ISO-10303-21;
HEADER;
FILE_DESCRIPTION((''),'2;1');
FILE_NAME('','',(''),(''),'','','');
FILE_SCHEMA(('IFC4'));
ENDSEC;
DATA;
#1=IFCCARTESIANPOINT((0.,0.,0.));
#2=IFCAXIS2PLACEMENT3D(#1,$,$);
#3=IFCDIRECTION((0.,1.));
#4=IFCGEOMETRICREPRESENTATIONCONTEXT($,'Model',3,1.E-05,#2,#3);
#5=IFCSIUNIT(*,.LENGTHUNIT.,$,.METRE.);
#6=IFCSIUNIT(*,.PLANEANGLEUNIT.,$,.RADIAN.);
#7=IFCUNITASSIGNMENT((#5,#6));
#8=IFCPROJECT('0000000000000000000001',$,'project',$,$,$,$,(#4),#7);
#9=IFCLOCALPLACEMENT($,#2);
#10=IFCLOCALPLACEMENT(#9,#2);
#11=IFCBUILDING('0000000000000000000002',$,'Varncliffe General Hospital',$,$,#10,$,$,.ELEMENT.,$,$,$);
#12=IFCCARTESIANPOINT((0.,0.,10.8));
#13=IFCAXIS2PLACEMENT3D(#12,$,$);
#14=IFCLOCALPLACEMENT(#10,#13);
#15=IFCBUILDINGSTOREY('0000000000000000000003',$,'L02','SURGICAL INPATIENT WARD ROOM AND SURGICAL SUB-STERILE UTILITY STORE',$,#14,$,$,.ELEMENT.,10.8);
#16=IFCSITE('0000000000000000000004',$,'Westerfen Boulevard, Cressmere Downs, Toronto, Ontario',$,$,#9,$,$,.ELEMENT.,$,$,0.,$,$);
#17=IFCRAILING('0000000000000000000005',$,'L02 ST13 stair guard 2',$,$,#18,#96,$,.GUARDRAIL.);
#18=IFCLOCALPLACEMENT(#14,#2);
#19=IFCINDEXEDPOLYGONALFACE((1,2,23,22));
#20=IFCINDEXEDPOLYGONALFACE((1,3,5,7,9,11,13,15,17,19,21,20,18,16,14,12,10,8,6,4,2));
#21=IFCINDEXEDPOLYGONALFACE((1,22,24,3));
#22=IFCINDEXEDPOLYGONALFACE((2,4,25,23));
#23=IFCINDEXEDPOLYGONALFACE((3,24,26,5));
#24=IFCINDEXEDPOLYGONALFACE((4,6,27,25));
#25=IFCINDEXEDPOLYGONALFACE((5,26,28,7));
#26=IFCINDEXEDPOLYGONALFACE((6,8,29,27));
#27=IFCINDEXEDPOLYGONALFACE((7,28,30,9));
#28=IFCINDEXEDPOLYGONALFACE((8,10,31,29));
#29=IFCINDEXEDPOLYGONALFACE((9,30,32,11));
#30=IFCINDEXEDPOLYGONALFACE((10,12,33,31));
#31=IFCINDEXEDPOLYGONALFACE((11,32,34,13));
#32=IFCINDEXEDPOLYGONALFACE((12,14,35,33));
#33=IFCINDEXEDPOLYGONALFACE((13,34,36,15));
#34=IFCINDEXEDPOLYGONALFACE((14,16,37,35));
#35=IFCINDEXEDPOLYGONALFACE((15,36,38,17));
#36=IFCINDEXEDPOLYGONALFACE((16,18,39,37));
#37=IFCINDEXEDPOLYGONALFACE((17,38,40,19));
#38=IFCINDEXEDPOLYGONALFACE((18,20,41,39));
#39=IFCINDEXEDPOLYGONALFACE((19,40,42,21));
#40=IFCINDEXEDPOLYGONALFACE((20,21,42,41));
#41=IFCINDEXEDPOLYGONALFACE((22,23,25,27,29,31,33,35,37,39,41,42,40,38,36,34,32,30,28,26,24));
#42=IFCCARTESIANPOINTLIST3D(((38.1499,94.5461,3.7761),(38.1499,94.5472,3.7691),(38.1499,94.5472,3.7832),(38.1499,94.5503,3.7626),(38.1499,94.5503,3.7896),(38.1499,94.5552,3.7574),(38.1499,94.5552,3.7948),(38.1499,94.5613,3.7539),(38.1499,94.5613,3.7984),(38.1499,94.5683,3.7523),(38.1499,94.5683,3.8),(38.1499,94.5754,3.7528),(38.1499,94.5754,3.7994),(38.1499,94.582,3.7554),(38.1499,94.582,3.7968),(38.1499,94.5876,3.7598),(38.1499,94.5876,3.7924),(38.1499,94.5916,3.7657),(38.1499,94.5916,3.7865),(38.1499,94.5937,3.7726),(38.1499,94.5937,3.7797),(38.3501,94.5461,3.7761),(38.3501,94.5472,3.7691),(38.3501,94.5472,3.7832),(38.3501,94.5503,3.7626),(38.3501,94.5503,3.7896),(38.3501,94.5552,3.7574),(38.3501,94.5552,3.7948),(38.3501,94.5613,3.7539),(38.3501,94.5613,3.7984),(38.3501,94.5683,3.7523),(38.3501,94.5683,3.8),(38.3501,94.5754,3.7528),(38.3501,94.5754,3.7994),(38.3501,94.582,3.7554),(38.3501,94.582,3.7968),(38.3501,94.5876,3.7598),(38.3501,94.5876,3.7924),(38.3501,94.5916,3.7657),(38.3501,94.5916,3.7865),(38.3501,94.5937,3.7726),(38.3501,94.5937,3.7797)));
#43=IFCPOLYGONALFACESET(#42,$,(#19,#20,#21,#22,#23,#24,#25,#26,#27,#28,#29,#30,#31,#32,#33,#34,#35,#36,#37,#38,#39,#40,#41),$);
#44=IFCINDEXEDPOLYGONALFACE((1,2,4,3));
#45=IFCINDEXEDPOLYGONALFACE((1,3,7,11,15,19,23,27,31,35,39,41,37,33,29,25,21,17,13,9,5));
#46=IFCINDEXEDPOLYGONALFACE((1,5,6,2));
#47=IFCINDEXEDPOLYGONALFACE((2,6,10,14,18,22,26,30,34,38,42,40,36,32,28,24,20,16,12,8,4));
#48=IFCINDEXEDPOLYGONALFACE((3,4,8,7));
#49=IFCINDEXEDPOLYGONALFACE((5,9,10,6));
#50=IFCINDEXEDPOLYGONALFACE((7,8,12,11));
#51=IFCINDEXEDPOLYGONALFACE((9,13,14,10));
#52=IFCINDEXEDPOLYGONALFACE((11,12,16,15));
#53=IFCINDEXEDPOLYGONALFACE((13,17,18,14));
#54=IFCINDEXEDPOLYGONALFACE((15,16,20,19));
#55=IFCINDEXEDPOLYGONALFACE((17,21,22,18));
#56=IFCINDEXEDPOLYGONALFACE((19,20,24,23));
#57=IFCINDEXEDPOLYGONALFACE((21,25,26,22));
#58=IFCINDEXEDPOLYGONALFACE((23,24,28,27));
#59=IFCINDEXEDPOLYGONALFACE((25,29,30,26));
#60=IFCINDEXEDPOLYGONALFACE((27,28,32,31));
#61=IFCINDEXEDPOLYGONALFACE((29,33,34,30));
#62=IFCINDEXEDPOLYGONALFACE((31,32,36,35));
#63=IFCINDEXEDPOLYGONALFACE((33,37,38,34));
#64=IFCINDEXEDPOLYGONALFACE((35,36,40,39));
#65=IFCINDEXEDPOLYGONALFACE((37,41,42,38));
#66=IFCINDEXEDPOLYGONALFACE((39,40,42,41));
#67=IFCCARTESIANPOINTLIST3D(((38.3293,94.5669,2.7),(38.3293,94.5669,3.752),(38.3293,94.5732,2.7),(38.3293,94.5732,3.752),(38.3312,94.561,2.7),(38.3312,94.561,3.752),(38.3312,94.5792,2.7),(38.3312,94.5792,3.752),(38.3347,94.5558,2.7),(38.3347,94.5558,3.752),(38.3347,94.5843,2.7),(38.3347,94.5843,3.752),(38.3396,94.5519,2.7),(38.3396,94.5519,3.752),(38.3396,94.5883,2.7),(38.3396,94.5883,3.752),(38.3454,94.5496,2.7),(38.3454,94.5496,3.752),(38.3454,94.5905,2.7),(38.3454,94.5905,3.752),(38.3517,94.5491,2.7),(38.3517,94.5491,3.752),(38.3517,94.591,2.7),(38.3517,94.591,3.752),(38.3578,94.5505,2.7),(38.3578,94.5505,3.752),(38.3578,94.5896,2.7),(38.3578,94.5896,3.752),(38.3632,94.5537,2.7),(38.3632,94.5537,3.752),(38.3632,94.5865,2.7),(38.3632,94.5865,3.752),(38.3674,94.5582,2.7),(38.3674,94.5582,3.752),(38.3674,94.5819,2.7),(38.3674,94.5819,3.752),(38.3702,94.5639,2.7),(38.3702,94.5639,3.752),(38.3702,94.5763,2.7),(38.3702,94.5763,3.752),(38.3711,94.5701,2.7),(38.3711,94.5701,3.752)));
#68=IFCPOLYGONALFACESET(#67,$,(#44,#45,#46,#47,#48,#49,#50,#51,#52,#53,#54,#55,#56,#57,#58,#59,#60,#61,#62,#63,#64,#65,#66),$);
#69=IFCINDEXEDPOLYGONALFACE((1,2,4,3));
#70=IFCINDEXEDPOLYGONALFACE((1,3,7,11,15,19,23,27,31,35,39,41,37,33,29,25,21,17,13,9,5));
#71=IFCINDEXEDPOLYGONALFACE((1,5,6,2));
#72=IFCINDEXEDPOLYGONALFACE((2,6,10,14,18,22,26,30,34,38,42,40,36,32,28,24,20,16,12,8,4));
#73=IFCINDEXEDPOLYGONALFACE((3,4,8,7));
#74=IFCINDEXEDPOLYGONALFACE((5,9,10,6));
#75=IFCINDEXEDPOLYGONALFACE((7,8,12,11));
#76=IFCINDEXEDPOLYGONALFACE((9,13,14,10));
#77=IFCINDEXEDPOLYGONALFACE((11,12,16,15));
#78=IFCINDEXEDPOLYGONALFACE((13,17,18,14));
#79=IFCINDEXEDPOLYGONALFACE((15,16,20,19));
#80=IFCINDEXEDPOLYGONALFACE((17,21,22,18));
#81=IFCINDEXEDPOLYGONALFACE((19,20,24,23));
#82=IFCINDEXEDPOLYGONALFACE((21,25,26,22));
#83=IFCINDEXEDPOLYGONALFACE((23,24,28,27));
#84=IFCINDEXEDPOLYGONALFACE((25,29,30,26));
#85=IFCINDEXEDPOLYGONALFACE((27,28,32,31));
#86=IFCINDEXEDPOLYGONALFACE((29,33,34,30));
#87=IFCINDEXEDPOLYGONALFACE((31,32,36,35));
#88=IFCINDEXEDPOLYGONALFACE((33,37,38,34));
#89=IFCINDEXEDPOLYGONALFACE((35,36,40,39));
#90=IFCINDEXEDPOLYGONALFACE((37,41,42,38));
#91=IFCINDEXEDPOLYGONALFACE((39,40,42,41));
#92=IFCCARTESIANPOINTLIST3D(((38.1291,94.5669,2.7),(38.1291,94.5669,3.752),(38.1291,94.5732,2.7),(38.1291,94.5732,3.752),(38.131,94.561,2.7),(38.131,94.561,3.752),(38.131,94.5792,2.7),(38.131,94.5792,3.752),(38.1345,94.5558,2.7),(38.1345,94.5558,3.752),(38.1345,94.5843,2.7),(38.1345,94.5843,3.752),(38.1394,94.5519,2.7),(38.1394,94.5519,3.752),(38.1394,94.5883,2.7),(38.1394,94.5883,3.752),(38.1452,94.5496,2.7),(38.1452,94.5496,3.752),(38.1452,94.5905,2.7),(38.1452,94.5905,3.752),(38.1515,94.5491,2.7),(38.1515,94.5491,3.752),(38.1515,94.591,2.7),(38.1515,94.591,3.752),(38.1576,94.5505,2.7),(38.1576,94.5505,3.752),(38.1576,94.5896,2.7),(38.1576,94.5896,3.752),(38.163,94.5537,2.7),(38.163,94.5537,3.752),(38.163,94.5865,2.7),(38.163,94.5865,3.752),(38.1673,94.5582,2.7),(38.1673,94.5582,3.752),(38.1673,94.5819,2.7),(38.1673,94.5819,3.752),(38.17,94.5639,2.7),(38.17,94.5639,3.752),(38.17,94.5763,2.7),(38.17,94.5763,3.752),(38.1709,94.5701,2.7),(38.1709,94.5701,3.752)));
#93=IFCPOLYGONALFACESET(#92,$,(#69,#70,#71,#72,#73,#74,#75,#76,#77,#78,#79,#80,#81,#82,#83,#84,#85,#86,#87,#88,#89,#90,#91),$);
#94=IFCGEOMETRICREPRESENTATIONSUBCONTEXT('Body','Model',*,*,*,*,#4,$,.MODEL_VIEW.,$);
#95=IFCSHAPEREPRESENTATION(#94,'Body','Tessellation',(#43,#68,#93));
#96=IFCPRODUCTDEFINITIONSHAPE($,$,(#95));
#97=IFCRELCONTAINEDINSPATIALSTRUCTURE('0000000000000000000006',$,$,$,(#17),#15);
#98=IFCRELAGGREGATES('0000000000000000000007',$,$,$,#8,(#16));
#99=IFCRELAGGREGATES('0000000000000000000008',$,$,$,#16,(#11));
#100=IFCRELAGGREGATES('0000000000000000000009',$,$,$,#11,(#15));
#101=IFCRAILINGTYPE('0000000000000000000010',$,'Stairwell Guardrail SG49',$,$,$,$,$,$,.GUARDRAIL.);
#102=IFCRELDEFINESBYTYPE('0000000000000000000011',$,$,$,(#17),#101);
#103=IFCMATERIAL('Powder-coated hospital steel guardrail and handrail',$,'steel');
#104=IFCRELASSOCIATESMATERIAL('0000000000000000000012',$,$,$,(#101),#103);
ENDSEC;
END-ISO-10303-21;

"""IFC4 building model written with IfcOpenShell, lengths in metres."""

from ifc_helpers import new_model, si_unit, direction, frame, origin, origin_2d, place, context, subcontext, project, spatial, circle, extrude, material, type_object, element, save


model = new_model("IFC4")

# Units and contexts
model_context = context("Model", 3, precision=1e-05, world=origin(), true_north=direction((0.0, 1.0)))
body_context = subcontext(model_context, "Body", "Model", "MODEL_VIEW")
ifc_project = project(units=[si_unit("LENGTHUNIT", "METRE"), si_unit("PLANEANGLEUNIT", "RADIAN")], contexts=[model_context])

# Site, building, storey
site_placement = place(None, origin())
site = spatial("IfcSite", under=ifc_project, at=site_placement, Name="Westerfen Boulevard, Cressmere Downs, Toronto, Ontario", CompositionType="ELEMENT", RefElevation=0.0)
building_placement = place(site_placement, origin())
building = spatial("IfcBuilding", under=site, at=building_placement, Name="Varncliffe General Hospital", CompositionType="ELEMENT")
storey_placement = place(building_placement, frame((0.0, 0.0, 10.8)))
storey = spatial("IfcBuildingStorey", under=building, at=storey_placement, Name="L02", Description="SURGICAL INPATIENT WARD ROOM AND SURGICAL SUB-STERILE UTILITY STORE", CompositionType="ELEMENT", Elevation=10.8)

# Railing
ifc_material_1 = material(Name="Powder-coated hospital steel guardrail and handrail", Category="steel")
railing_type_1 = type_object("IfcRailingType", Name="Stairwell Guardrail SG49", PredefinedType="GUARDRAIL", material=ifc_material_1)
railing_1_placement = place(storey_placement, frame((38.3501, 94.5701, 2.7)))
element("IfcRailing", 1, at=railing_1_placement, inside=storey, type_object=railing_type_1, Name="L02 ST13 stair guard 2", PredefinedType="GUARDRAIL", context=body_context, shape_type="SweptSolid", body=[
    extrude(circle(Radius=0.0239, at=origin_2d()), frame((0.0, 0.0, 1.0762), z_axis=(-1.0, 0.0, 0.0), x_axis=(0.0, -1.0, 0.0)), (0.0, 0.0, 1.0), 0.2002),
    extrude(circle(Radius=0.021, at=origin_2d()), origin(), (0.0, 0.0, 1.0), 1.052),
    extrude(circle(Radius=0.021, at=origin_2d()), frame((-0.2002, 0.0, 0.0)), (0.0, 0.0, 1.0), 1.052),
])

save(model, "model.ifc")
